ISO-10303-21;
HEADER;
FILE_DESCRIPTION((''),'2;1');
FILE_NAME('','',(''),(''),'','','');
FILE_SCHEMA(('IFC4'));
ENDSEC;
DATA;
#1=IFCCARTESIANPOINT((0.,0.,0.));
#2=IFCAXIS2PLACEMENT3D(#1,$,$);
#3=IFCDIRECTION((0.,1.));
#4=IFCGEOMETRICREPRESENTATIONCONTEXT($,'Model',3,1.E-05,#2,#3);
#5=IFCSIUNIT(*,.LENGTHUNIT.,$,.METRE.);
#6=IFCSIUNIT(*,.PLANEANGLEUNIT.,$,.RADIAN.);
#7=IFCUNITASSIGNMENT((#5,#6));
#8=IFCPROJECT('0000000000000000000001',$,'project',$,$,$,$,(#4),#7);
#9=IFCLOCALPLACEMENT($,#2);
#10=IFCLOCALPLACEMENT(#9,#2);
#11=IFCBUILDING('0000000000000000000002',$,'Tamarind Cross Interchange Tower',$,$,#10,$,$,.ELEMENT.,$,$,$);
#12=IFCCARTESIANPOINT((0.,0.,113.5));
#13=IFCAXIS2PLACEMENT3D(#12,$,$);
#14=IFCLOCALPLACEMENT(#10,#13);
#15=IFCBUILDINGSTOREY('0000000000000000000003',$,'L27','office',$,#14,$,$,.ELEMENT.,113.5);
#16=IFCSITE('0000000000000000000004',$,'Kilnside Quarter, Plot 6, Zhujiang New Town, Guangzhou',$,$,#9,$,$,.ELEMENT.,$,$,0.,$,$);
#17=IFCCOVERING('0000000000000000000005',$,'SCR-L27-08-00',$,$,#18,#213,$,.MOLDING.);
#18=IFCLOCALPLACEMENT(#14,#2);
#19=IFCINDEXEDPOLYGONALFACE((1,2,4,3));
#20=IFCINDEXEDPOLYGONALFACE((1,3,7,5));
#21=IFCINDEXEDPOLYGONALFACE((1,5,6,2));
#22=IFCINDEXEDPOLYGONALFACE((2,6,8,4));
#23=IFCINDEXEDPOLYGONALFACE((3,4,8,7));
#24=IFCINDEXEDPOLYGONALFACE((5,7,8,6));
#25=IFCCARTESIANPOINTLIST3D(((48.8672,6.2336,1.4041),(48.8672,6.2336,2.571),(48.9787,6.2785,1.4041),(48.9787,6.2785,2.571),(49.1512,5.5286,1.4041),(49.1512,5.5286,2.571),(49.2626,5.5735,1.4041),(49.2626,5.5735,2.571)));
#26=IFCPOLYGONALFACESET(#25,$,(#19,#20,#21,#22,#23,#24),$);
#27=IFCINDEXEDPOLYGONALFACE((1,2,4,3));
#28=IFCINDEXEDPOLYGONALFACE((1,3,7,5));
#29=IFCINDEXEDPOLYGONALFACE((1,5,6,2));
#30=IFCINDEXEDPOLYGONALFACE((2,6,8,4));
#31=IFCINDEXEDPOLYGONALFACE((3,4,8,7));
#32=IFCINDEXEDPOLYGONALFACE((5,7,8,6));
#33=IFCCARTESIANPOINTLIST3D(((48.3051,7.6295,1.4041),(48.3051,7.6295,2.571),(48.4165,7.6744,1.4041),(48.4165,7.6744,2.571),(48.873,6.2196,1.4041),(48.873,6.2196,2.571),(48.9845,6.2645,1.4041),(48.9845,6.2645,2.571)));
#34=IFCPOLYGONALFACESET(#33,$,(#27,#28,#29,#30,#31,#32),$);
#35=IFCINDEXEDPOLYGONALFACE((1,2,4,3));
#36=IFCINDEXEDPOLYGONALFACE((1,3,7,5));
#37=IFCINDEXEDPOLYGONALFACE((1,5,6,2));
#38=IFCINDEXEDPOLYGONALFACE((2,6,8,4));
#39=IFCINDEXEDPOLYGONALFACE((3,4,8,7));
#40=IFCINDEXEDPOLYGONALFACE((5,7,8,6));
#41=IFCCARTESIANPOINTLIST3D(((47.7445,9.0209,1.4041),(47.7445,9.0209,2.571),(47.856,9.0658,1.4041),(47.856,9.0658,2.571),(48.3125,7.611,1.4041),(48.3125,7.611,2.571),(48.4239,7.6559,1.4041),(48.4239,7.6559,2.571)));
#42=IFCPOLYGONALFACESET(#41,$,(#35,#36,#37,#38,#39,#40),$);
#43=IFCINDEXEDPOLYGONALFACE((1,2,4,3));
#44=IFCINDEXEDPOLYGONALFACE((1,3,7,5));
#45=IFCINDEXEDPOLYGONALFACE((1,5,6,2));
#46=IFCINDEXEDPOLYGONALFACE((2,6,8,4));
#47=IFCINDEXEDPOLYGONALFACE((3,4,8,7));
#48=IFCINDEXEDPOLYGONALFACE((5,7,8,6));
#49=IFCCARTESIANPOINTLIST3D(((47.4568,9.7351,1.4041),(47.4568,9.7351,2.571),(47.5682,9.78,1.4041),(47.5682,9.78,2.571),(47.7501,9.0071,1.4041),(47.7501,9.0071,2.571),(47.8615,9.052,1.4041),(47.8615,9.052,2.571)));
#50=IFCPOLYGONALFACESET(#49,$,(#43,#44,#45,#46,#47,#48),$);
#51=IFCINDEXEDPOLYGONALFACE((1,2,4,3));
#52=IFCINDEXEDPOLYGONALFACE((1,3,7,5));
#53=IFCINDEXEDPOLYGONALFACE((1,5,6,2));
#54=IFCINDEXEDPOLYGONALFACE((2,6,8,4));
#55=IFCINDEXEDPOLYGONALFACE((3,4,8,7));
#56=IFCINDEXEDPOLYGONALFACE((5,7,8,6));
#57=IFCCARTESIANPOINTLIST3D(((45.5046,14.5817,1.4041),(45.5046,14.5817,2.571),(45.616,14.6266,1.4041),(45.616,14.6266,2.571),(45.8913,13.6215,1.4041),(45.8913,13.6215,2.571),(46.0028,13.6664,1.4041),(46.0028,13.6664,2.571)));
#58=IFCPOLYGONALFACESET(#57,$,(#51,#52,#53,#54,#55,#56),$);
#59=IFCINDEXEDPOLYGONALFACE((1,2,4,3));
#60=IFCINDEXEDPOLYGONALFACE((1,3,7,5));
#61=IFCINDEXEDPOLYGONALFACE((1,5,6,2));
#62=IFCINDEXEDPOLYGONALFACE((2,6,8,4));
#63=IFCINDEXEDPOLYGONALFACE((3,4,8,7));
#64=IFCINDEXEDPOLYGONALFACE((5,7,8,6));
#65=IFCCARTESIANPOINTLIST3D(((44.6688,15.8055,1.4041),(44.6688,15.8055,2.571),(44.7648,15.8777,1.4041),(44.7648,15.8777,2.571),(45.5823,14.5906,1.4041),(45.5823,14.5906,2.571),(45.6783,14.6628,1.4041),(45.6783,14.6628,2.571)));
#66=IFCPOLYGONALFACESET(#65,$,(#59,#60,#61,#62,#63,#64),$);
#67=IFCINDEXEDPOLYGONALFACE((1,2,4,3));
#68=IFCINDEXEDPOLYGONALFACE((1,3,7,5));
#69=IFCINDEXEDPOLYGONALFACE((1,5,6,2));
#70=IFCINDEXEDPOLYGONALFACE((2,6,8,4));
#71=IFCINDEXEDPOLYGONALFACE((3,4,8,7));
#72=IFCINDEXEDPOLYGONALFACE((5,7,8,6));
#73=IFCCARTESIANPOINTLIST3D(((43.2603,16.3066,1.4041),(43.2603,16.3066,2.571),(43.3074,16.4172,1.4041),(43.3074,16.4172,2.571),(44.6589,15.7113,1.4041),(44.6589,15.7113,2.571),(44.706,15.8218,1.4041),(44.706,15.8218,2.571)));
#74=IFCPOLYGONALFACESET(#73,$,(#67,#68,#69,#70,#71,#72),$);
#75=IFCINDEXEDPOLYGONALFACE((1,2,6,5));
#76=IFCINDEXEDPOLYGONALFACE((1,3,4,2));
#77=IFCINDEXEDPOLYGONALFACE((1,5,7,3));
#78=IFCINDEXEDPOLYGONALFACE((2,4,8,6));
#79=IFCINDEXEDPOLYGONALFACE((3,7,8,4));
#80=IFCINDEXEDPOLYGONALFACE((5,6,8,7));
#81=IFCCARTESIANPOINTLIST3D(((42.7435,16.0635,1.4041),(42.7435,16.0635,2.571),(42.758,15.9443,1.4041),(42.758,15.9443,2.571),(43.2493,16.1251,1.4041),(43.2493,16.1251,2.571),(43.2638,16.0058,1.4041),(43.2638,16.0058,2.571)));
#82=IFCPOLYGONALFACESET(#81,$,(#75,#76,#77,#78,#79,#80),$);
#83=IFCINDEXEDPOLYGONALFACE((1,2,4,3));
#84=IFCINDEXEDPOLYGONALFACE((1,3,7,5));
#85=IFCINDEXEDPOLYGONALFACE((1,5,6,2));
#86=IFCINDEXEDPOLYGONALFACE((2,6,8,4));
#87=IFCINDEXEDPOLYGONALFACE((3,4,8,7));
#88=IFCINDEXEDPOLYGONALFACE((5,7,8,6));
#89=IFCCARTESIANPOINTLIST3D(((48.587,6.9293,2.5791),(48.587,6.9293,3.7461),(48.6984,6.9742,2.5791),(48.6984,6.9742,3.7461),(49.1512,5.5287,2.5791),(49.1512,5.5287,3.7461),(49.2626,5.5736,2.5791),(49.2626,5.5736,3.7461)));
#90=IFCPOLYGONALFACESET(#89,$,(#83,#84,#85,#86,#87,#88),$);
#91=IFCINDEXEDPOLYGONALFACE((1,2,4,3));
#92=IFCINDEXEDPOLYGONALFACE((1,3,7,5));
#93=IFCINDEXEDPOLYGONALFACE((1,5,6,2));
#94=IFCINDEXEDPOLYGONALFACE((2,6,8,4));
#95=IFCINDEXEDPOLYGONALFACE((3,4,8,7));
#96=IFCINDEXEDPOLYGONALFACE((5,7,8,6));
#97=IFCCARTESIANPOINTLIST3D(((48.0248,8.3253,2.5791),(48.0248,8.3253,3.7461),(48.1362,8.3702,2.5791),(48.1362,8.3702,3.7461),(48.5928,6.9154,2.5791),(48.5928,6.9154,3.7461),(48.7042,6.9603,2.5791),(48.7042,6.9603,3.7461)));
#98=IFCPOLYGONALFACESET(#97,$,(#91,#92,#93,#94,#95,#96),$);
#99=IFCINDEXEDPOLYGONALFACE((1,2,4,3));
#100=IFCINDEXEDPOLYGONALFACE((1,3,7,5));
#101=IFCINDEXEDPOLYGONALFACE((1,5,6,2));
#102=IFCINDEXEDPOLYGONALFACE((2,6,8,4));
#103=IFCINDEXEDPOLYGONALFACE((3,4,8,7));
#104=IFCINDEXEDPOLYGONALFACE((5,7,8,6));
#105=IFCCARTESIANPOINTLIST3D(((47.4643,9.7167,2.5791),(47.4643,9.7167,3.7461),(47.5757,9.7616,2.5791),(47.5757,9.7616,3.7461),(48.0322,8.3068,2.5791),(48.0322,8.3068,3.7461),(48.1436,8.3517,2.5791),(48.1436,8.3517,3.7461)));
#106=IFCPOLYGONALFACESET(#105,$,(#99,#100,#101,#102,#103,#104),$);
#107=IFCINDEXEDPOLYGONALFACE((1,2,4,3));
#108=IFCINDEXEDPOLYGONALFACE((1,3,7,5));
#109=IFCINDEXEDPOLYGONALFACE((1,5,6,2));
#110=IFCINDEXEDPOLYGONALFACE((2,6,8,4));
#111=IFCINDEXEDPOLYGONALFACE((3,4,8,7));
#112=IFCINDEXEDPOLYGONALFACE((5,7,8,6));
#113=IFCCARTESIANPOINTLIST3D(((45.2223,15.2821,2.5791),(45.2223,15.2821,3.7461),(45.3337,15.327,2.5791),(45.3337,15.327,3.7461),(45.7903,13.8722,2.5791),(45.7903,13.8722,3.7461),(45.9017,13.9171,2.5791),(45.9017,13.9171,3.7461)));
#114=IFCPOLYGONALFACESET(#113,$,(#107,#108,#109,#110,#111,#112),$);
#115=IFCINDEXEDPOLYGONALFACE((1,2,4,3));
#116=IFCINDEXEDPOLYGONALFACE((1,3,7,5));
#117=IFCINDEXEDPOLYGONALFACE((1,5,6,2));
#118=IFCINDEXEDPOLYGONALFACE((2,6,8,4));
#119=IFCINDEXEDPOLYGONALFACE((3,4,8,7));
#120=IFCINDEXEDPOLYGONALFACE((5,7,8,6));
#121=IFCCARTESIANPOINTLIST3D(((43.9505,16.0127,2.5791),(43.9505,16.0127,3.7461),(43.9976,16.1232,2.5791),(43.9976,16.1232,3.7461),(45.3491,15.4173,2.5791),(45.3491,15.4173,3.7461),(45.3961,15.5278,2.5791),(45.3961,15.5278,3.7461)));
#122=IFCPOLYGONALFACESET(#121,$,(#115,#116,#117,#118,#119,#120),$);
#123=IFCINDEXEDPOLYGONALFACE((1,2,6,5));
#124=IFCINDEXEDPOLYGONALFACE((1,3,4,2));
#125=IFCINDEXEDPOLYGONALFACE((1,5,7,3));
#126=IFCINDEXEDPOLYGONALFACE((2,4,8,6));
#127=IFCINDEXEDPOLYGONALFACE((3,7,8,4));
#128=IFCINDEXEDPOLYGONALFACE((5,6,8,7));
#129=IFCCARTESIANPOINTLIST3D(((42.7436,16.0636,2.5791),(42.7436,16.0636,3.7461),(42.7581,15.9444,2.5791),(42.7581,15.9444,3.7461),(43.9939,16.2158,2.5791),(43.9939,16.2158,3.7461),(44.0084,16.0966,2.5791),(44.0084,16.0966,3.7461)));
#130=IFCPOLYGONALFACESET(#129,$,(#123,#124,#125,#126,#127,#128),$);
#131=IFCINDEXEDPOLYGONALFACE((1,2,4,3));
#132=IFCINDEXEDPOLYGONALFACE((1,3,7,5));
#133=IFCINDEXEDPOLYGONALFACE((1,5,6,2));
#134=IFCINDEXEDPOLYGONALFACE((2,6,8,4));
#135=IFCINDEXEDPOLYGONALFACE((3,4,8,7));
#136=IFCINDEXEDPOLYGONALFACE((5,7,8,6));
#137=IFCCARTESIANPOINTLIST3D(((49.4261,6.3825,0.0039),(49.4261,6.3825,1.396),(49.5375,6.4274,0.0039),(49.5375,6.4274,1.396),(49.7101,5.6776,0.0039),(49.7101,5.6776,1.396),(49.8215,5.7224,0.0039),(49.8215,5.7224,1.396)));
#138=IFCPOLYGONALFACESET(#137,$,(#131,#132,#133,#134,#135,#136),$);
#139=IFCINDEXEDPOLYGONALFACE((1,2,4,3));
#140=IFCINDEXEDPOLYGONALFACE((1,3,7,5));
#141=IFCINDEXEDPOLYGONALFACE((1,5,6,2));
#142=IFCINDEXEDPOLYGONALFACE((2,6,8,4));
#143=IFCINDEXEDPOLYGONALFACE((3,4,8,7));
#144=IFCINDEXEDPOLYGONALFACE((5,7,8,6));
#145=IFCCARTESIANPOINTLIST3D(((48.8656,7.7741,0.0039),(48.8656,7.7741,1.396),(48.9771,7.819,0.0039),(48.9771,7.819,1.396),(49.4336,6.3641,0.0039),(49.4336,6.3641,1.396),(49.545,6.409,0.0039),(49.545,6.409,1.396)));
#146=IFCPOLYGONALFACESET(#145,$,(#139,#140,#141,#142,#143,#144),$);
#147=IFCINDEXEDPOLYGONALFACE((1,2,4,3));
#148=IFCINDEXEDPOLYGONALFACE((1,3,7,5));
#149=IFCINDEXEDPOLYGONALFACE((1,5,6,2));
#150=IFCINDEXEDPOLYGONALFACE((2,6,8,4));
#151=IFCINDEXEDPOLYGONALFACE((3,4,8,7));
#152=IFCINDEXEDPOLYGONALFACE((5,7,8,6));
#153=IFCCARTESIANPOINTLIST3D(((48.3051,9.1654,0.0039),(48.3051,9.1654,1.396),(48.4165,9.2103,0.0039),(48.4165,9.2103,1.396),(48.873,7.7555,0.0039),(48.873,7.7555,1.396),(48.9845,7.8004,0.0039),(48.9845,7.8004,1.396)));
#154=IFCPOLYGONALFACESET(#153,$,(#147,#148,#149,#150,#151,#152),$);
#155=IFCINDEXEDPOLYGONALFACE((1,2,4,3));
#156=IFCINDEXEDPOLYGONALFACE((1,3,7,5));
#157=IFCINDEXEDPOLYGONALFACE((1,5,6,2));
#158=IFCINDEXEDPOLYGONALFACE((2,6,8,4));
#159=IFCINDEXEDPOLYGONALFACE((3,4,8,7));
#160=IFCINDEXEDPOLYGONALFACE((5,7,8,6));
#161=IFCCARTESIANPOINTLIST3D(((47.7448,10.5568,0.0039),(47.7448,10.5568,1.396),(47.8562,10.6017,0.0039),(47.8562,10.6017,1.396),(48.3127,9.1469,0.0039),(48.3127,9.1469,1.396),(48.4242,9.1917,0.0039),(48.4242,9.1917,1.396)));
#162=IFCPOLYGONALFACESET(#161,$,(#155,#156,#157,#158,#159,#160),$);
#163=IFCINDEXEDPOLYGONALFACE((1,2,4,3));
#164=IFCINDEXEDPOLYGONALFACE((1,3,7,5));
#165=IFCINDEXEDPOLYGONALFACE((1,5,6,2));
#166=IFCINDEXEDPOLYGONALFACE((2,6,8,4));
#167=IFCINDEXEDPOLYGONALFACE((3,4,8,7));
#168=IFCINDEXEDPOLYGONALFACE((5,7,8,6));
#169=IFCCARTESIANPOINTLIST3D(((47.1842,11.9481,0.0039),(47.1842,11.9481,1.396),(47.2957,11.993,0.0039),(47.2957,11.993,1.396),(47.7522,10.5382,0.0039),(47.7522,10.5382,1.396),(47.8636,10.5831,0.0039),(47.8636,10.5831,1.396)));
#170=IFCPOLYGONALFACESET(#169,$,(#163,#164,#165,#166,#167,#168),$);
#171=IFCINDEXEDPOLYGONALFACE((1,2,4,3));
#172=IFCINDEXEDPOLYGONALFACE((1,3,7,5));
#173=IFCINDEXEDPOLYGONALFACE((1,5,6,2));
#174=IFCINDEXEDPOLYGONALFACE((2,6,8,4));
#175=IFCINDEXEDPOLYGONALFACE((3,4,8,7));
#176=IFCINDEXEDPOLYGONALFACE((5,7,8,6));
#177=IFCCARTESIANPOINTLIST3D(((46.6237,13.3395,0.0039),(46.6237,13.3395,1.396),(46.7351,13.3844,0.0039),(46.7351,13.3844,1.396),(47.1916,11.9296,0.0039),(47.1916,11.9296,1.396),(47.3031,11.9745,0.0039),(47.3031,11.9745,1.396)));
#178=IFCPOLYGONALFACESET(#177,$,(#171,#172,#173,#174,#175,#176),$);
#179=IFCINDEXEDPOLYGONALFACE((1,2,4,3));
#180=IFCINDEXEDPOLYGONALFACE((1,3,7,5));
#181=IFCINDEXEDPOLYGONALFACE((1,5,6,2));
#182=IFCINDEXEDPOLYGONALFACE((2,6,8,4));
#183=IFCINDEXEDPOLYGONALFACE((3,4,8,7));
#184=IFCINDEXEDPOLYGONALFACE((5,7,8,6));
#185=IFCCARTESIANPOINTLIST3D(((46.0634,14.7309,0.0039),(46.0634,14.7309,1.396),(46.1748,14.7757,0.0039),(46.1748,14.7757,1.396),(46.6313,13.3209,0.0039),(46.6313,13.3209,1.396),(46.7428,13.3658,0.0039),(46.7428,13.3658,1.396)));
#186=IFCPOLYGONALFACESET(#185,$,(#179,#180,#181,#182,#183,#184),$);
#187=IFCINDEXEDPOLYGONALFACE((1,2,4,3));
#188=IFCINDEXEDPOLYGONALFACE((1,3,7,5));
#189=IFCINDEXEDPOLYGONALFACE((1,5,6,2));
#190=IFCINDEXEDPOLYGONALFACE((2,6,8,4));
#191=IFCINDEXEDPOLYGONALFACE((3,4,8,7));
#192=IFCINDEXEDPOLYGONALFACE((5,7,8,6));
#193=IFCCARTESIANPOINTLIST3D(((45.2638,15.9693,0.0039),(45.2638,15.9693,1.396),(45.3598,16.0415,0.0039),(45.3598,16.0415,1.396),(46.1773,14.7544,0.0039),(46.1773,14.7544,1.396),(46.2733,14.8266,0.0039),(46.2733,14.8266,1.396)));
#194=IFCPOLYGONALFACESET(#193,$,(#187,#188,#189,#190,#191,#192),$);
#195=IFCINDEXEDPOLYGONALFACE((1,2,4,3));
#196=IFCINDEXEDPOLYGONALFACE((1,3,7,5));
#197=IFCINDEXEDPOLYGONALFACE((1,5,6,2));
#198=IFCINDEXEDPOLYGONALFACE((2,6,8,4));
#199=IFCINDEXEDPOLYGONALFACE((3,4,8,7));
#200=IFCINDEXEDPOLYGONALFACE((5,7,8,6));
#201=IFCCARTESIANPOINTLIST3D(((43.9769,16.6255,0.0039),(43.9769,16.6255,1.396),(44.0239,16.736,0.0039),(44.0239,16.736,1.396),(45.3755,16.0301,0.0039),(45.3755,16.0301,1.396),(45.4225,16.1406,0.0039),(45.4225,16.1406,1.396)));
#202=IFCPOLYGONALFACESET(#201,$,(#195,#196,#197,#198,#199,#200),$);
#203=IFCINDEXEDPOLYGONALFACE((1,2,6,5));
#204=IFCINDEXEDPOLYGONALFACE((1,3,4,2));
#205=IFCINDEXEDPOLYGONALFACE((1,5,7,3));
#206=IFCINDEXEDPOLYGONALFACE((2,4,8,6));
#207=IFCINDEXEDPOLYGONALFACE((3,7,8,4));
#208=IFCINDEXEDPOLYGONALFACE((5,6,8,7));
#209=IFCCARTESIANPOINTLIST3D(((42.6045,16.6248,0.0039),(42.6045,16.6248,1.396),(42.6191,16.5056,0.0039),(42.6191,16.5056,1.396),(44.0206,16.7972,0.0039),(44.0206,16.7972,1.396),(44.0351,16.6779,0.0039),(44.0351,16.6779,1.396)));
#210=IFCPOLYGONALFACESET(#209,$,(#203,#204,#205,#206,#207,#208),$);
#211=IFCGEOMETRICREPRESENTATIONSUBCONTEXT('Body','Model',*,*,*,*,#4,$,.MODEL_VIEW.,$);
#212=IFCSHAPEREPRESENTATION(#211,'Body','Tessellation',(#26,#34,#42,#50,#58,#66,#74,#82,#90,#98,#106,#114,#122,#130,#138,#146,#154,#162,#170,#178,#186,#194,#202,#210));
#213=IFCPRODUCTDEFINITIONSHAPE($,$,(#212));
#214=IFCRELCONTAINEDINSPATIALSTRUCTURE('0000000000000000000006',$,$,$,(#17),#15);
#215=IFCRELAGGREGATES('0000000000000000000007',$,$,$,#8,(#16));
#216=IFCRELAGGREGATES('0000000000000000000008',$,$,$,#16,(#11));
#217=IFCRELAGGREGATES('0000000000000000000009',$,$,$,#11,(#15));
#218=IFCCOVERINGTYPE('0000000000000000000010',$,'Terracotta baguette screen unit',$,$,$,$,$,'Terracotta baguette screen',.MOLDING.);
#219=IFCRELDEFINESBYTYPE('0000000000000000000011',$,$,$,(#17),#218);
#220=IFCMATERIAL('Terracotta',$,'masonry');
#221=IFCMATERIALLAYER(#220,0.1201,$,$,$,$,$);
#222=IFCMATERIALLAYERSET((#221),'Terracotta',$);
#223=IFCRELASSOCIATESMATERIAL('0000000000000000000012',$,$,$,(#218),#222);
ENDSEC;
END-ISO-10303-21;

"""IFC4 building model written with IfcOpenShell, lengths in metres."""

from ifc_helpers import new_model, si_unit, direction, frame, origin, origin_2d, place, context, subcontext, project, spatial, rectangle, extrude, material, layer, layer_set, type_object, element, save


model = new_model("IFC4")

# Units and contexts
model_context = context("Model", 3, precision=1e-05, world=origin(), true_north=direction((0.0, 1.0)))
body_context = subcontext(model_context, "Body", "Model", "MODEL_VIEW")
ifc_project = project(units=[si_unit("LENGTHUNIT", "METRE"), si_unit("PLANEANGLEUNIT", "RADIAN")], contexts=[model_context])

# Site, building, storey
site_placement = place(None, origin())
site = spatial("IfcSite", under=ifc_project, at=site_placement, Name="Kilnside Quarter, Plot 6, Zhujiang New Town, Guangzhou", CompositionType="ELEMENT", RefElevation=0.0)
building_placement = place(site_placement, origin())
building = spatial("IfcBuilding", under=site, at=building_placement, Name="Tamarind Cross Interchange Tower", CompositionType="ELEMENT")
storey_placement = place(building_placement, frame((0.0, 0.0, 113.5)))
storey = spatial("IfcBuildingStorey", under=building, at=storey_placement, Name="L27", Description="office", CompositionType="ELEMENT", Elevation=113.5)

# Covering
ifc_material_1 = material(Name="Terracotta", Category="masonry")
ifc_layer_1 = layer(ifc_material_1, 0.1201)
ifc_layer_set_1 = layer_set([ifc_layer_1], Name="Terracotta")
covering_type = type_object("IfcCoveringType", Name="Terracotta baguette screen unit", ElementType="Terracotta baguette screen", PredefinedType="MOLDING", material=ifc_layer_set_1)
covering_1_placement = place(storey_placement, origin())
element("IfcCovering", 1, at=covering_1_placement, inside=storey, type_object=covering_type, Name="SCR-L27-08-00", PredefinedType="MOLDING", context=body_context, shape_type="SweptSolid", body=[
    extrude(rectangle(XDim=0.76, YDim=0.1201, at=origin_2d()), frame((49.0649, 5.9036, 1.4041), z_axis=(0.0, 0.0, 1.0), x_axis=(-0.373648, 0.92757, 0.0)), (0.0, 0.0, 1.0), 1.167),
    extrude(rectangle(XDim=1.52, YDim=0.1201, at=origin_2d()), frame((48.6448, 6.947, 1.4041), z_axis=(0.0, 0.0, 1.0), x_axis=(-0.373648, 0.92757, 0.0)), (0.0, 0.0, 1.0), 1.167),
    extrude(rectangle(XDim=1.52, YDim=0.1201, at=origin_2d()), frame((48.0842, 8.3384, 1.4041), z_axis=(0.0, 0.0, 1.0), x_axis=(-0.373648, 0.92757, 0.0)), (0.0, 0.0, 1.0), 1.167),
    extrude(rectangle(XDim=0.7849, YDim=0.1201, at=origin_2d()), frame((47.6592, 9.3936, 1.4041), z_axis=(0.0, 0.0, 1.0), x_axis=(-0.373648, 0.92757, 0.0)), (0.0, 0.0, 1.0), 1.167),
    extrude(rectangle(XDim=1.0352, YDim=0.1201, at=origin_2d()), frame((45.7537, 14.124, 1.4041), z_axis=(0.0, 0.0, 1.0), x_axis=(-0.373648, 0.92757, 0.0)), (0.0, 0.0, 1.0), 1.167),
    extrude(rectangle(XDim=1.52, YDim=0.1201, at=origin_2d()), frame((45.1736, 15.2341, 1.4041), z_axis=(0.0, 0.0, 1.0), x_axis=(-0.60099, 0.799257, 0.0)), (0.0, 0.0, 1.0), 1.167),
    extrude(rectangle(XDim=1.52, YDim=0.1201, at=origin_2d()), frame((43.9832, 16.0642, 1.4041), z_axis=(0.0, 0.0, 1.0), x_axis=(-0.920101, 0.391682, 0.0)), (0.0, 0.0, 1.0), 1.167),
    extrude(rectangle(XDim=0.5095, YDim=0.1201, at=origin_2d()), frame((43.0037, 16.0347, 1.4041), z_axis=(0.0, 0.0, 1.0), x_axis=(-0.992672, -0.120844, 0.0)), (0.0, 0.0, 1.0), 1.167),
    extrude(rectangle(XDim=1.51, YDim=0.1201, at=origin_2d()), frame((48.9248, 6.2515, 2.5791), z_axis=(0.0, 0.0, 1.0), x_axis=(-0.373648, 0.92757, 0.0)), (0.0, 0.0, 1.0), 1.167),
    extrude(rectangle(XDim=1.52, YDim=0.1201, at=origin_2d()), frame((48.3645, 7.6428, 2.5791), z_axis=(0.0, 0.0, 1.0), x_axis=(-0.373648, 0.92757, 0.0)), (0.0, 0.0, 1.0), 1.167),
    extrude(rectangle(XDim=1.52, YDim=0.1201, at=origin_2d()), frame((47.804, 9.0342, 2.5791), z_axis=(0.0, 0.0, 1.0), x_axis=(-0.373648, 0.92757, 0.0)), (0.0, 0.0, 1.0), 1.167),
    extrude(rectangle(XDim=1.52, YDim=0.1201, at=origin_2d()), frame((45.562, 14.5996, 2.5791), z_axis=(0.0, 0.0, 1.0), x_axis=(-0.373648, 0.92757, 0.0)), (0.0, 0.0, 1.0), 1.167),
    extrude(rectangle(XDim=1.52, YDim=0.1201, at=origin_2d()), frame((44.6733, 15.7703, 2.5791), z_axis=(0.0, 0.0, 1.0), x_axis=(-0.920101, 0.391682, 0.0)), (0.0, 0.0, 1.0), 1.167),
    extrude(rectangle(XDim=1.2595, YDim=0.1201, at=origin_2d()), frame((43.376, 16.0801, 2.5791), z_axis=(0.0, 0.0, 1.0), x_axis=(-0.992672, -0.120844, 0.0)), (0.0, 0.0, 1.0), 1.167),
    extrude(rectangle(XDim=0.76, YDim=0.1201, at=origin_2d()), frame((49.6238, 6.0525, 0.0039), z_axis=(0.0, 0.0, 1.0), x_axis=(-0.373648, 0.92757, 0.0)), (0.0, 0.0, 1.0), 1.3921),
    extrude(rectangle(XDim=1.52, YDim=0.1201, at=origin_2d()), frame((49.2053, 7.0916, 0.0039), z_axis=(0.0, 0.0, 1.0), x_axis=(-0.373648, 0.92757, 0.0)), (0.0, 0.0, 1.0), 1.3921),
    extrude(rectangle(XDim=1.52, YDim=0.1201, at=origin_2d()), frame((48.6448, 8.4829, 0.0039), z_axis=(0.0, 0.0, 1.0), x_axis=(-0.373648, 0.92757, 0.0)), (0.0, 0.0, 1.0), 1.3921),
    extrude(rectangle(XDim=1.52, YDim=0.1201, at=origin_2d()), frame((48.0845, 9.8743, 0.0039), z_axis=(0.0, 0.0, 1.0), x_axis=(-0.373648, 0.92757, 0.0)), (0.0, 0.0, 1.0), 1.3921),
    extrude(rectangle(XDim=1.52, YDim=0.1201, at=origin_2d()), frame((47.5239, 11.2656, 0.0039), z_axis=(0.0, 0.0, 1.0), x_axis=(-0.373648, 0.92757, 0.0)), (0.0, 0.0, 1.0), 1.3921),
    extrude(rectangle(XDim=1.52, YDim=0.1201, at=origin_2d()), frame((46.9634, 12.657, 0.0039), z_axis=(0.0, 0.0, 1.0), x_axis=(-0.373648, 0.92757, 0.0)), (0.0, 0.0, 1.0), 1.3921),
    extrude(rectangle(XDim=1.52, YDim=0.1201, at=origin_2d()), frame((46.4031, 14.0483, 0.0039), z_axis=(0.0, 0.0, 1.0), x_axis=(-0.373648, 0.92757, 0.0)), (0.0, 0.0, 1.0), 1.3921),
    extrude(rectangle(XDim=1.52, YDim=0.1201, at=origin_2d()), frame((45.7686, 15.3979, 0.0039), z_axis=(0.0, 0.0, 1.0), x_axis=(-0.60099, 0.799257, 0.0)), (0.0, 0.0, 1.0), 1.3921),
    extrude(rectangle(XDim=1.52, YDim=0.1201, at=origin_2d()), frame((44.6997, 16.3831, 0.0039), z_axis=(0.0, 0.0, 1.0), x_axis=(-0.920101, 0.391682, 0.0)), (0.0, 0.0, 1.0), 1.3921),
    extrude(rectangle(XDim=1.4265, YDim=0.1201, at=origin_2d()), frame((43.3198, 16.6514, 0.0039), z_axis=(0.0, 0.0, 1.0), x_axis=(-0.992672, -0.120844, 0.0)), (0.0, 0.0, 1.0), 1.3921),
])

save(model, "model.ifc")
